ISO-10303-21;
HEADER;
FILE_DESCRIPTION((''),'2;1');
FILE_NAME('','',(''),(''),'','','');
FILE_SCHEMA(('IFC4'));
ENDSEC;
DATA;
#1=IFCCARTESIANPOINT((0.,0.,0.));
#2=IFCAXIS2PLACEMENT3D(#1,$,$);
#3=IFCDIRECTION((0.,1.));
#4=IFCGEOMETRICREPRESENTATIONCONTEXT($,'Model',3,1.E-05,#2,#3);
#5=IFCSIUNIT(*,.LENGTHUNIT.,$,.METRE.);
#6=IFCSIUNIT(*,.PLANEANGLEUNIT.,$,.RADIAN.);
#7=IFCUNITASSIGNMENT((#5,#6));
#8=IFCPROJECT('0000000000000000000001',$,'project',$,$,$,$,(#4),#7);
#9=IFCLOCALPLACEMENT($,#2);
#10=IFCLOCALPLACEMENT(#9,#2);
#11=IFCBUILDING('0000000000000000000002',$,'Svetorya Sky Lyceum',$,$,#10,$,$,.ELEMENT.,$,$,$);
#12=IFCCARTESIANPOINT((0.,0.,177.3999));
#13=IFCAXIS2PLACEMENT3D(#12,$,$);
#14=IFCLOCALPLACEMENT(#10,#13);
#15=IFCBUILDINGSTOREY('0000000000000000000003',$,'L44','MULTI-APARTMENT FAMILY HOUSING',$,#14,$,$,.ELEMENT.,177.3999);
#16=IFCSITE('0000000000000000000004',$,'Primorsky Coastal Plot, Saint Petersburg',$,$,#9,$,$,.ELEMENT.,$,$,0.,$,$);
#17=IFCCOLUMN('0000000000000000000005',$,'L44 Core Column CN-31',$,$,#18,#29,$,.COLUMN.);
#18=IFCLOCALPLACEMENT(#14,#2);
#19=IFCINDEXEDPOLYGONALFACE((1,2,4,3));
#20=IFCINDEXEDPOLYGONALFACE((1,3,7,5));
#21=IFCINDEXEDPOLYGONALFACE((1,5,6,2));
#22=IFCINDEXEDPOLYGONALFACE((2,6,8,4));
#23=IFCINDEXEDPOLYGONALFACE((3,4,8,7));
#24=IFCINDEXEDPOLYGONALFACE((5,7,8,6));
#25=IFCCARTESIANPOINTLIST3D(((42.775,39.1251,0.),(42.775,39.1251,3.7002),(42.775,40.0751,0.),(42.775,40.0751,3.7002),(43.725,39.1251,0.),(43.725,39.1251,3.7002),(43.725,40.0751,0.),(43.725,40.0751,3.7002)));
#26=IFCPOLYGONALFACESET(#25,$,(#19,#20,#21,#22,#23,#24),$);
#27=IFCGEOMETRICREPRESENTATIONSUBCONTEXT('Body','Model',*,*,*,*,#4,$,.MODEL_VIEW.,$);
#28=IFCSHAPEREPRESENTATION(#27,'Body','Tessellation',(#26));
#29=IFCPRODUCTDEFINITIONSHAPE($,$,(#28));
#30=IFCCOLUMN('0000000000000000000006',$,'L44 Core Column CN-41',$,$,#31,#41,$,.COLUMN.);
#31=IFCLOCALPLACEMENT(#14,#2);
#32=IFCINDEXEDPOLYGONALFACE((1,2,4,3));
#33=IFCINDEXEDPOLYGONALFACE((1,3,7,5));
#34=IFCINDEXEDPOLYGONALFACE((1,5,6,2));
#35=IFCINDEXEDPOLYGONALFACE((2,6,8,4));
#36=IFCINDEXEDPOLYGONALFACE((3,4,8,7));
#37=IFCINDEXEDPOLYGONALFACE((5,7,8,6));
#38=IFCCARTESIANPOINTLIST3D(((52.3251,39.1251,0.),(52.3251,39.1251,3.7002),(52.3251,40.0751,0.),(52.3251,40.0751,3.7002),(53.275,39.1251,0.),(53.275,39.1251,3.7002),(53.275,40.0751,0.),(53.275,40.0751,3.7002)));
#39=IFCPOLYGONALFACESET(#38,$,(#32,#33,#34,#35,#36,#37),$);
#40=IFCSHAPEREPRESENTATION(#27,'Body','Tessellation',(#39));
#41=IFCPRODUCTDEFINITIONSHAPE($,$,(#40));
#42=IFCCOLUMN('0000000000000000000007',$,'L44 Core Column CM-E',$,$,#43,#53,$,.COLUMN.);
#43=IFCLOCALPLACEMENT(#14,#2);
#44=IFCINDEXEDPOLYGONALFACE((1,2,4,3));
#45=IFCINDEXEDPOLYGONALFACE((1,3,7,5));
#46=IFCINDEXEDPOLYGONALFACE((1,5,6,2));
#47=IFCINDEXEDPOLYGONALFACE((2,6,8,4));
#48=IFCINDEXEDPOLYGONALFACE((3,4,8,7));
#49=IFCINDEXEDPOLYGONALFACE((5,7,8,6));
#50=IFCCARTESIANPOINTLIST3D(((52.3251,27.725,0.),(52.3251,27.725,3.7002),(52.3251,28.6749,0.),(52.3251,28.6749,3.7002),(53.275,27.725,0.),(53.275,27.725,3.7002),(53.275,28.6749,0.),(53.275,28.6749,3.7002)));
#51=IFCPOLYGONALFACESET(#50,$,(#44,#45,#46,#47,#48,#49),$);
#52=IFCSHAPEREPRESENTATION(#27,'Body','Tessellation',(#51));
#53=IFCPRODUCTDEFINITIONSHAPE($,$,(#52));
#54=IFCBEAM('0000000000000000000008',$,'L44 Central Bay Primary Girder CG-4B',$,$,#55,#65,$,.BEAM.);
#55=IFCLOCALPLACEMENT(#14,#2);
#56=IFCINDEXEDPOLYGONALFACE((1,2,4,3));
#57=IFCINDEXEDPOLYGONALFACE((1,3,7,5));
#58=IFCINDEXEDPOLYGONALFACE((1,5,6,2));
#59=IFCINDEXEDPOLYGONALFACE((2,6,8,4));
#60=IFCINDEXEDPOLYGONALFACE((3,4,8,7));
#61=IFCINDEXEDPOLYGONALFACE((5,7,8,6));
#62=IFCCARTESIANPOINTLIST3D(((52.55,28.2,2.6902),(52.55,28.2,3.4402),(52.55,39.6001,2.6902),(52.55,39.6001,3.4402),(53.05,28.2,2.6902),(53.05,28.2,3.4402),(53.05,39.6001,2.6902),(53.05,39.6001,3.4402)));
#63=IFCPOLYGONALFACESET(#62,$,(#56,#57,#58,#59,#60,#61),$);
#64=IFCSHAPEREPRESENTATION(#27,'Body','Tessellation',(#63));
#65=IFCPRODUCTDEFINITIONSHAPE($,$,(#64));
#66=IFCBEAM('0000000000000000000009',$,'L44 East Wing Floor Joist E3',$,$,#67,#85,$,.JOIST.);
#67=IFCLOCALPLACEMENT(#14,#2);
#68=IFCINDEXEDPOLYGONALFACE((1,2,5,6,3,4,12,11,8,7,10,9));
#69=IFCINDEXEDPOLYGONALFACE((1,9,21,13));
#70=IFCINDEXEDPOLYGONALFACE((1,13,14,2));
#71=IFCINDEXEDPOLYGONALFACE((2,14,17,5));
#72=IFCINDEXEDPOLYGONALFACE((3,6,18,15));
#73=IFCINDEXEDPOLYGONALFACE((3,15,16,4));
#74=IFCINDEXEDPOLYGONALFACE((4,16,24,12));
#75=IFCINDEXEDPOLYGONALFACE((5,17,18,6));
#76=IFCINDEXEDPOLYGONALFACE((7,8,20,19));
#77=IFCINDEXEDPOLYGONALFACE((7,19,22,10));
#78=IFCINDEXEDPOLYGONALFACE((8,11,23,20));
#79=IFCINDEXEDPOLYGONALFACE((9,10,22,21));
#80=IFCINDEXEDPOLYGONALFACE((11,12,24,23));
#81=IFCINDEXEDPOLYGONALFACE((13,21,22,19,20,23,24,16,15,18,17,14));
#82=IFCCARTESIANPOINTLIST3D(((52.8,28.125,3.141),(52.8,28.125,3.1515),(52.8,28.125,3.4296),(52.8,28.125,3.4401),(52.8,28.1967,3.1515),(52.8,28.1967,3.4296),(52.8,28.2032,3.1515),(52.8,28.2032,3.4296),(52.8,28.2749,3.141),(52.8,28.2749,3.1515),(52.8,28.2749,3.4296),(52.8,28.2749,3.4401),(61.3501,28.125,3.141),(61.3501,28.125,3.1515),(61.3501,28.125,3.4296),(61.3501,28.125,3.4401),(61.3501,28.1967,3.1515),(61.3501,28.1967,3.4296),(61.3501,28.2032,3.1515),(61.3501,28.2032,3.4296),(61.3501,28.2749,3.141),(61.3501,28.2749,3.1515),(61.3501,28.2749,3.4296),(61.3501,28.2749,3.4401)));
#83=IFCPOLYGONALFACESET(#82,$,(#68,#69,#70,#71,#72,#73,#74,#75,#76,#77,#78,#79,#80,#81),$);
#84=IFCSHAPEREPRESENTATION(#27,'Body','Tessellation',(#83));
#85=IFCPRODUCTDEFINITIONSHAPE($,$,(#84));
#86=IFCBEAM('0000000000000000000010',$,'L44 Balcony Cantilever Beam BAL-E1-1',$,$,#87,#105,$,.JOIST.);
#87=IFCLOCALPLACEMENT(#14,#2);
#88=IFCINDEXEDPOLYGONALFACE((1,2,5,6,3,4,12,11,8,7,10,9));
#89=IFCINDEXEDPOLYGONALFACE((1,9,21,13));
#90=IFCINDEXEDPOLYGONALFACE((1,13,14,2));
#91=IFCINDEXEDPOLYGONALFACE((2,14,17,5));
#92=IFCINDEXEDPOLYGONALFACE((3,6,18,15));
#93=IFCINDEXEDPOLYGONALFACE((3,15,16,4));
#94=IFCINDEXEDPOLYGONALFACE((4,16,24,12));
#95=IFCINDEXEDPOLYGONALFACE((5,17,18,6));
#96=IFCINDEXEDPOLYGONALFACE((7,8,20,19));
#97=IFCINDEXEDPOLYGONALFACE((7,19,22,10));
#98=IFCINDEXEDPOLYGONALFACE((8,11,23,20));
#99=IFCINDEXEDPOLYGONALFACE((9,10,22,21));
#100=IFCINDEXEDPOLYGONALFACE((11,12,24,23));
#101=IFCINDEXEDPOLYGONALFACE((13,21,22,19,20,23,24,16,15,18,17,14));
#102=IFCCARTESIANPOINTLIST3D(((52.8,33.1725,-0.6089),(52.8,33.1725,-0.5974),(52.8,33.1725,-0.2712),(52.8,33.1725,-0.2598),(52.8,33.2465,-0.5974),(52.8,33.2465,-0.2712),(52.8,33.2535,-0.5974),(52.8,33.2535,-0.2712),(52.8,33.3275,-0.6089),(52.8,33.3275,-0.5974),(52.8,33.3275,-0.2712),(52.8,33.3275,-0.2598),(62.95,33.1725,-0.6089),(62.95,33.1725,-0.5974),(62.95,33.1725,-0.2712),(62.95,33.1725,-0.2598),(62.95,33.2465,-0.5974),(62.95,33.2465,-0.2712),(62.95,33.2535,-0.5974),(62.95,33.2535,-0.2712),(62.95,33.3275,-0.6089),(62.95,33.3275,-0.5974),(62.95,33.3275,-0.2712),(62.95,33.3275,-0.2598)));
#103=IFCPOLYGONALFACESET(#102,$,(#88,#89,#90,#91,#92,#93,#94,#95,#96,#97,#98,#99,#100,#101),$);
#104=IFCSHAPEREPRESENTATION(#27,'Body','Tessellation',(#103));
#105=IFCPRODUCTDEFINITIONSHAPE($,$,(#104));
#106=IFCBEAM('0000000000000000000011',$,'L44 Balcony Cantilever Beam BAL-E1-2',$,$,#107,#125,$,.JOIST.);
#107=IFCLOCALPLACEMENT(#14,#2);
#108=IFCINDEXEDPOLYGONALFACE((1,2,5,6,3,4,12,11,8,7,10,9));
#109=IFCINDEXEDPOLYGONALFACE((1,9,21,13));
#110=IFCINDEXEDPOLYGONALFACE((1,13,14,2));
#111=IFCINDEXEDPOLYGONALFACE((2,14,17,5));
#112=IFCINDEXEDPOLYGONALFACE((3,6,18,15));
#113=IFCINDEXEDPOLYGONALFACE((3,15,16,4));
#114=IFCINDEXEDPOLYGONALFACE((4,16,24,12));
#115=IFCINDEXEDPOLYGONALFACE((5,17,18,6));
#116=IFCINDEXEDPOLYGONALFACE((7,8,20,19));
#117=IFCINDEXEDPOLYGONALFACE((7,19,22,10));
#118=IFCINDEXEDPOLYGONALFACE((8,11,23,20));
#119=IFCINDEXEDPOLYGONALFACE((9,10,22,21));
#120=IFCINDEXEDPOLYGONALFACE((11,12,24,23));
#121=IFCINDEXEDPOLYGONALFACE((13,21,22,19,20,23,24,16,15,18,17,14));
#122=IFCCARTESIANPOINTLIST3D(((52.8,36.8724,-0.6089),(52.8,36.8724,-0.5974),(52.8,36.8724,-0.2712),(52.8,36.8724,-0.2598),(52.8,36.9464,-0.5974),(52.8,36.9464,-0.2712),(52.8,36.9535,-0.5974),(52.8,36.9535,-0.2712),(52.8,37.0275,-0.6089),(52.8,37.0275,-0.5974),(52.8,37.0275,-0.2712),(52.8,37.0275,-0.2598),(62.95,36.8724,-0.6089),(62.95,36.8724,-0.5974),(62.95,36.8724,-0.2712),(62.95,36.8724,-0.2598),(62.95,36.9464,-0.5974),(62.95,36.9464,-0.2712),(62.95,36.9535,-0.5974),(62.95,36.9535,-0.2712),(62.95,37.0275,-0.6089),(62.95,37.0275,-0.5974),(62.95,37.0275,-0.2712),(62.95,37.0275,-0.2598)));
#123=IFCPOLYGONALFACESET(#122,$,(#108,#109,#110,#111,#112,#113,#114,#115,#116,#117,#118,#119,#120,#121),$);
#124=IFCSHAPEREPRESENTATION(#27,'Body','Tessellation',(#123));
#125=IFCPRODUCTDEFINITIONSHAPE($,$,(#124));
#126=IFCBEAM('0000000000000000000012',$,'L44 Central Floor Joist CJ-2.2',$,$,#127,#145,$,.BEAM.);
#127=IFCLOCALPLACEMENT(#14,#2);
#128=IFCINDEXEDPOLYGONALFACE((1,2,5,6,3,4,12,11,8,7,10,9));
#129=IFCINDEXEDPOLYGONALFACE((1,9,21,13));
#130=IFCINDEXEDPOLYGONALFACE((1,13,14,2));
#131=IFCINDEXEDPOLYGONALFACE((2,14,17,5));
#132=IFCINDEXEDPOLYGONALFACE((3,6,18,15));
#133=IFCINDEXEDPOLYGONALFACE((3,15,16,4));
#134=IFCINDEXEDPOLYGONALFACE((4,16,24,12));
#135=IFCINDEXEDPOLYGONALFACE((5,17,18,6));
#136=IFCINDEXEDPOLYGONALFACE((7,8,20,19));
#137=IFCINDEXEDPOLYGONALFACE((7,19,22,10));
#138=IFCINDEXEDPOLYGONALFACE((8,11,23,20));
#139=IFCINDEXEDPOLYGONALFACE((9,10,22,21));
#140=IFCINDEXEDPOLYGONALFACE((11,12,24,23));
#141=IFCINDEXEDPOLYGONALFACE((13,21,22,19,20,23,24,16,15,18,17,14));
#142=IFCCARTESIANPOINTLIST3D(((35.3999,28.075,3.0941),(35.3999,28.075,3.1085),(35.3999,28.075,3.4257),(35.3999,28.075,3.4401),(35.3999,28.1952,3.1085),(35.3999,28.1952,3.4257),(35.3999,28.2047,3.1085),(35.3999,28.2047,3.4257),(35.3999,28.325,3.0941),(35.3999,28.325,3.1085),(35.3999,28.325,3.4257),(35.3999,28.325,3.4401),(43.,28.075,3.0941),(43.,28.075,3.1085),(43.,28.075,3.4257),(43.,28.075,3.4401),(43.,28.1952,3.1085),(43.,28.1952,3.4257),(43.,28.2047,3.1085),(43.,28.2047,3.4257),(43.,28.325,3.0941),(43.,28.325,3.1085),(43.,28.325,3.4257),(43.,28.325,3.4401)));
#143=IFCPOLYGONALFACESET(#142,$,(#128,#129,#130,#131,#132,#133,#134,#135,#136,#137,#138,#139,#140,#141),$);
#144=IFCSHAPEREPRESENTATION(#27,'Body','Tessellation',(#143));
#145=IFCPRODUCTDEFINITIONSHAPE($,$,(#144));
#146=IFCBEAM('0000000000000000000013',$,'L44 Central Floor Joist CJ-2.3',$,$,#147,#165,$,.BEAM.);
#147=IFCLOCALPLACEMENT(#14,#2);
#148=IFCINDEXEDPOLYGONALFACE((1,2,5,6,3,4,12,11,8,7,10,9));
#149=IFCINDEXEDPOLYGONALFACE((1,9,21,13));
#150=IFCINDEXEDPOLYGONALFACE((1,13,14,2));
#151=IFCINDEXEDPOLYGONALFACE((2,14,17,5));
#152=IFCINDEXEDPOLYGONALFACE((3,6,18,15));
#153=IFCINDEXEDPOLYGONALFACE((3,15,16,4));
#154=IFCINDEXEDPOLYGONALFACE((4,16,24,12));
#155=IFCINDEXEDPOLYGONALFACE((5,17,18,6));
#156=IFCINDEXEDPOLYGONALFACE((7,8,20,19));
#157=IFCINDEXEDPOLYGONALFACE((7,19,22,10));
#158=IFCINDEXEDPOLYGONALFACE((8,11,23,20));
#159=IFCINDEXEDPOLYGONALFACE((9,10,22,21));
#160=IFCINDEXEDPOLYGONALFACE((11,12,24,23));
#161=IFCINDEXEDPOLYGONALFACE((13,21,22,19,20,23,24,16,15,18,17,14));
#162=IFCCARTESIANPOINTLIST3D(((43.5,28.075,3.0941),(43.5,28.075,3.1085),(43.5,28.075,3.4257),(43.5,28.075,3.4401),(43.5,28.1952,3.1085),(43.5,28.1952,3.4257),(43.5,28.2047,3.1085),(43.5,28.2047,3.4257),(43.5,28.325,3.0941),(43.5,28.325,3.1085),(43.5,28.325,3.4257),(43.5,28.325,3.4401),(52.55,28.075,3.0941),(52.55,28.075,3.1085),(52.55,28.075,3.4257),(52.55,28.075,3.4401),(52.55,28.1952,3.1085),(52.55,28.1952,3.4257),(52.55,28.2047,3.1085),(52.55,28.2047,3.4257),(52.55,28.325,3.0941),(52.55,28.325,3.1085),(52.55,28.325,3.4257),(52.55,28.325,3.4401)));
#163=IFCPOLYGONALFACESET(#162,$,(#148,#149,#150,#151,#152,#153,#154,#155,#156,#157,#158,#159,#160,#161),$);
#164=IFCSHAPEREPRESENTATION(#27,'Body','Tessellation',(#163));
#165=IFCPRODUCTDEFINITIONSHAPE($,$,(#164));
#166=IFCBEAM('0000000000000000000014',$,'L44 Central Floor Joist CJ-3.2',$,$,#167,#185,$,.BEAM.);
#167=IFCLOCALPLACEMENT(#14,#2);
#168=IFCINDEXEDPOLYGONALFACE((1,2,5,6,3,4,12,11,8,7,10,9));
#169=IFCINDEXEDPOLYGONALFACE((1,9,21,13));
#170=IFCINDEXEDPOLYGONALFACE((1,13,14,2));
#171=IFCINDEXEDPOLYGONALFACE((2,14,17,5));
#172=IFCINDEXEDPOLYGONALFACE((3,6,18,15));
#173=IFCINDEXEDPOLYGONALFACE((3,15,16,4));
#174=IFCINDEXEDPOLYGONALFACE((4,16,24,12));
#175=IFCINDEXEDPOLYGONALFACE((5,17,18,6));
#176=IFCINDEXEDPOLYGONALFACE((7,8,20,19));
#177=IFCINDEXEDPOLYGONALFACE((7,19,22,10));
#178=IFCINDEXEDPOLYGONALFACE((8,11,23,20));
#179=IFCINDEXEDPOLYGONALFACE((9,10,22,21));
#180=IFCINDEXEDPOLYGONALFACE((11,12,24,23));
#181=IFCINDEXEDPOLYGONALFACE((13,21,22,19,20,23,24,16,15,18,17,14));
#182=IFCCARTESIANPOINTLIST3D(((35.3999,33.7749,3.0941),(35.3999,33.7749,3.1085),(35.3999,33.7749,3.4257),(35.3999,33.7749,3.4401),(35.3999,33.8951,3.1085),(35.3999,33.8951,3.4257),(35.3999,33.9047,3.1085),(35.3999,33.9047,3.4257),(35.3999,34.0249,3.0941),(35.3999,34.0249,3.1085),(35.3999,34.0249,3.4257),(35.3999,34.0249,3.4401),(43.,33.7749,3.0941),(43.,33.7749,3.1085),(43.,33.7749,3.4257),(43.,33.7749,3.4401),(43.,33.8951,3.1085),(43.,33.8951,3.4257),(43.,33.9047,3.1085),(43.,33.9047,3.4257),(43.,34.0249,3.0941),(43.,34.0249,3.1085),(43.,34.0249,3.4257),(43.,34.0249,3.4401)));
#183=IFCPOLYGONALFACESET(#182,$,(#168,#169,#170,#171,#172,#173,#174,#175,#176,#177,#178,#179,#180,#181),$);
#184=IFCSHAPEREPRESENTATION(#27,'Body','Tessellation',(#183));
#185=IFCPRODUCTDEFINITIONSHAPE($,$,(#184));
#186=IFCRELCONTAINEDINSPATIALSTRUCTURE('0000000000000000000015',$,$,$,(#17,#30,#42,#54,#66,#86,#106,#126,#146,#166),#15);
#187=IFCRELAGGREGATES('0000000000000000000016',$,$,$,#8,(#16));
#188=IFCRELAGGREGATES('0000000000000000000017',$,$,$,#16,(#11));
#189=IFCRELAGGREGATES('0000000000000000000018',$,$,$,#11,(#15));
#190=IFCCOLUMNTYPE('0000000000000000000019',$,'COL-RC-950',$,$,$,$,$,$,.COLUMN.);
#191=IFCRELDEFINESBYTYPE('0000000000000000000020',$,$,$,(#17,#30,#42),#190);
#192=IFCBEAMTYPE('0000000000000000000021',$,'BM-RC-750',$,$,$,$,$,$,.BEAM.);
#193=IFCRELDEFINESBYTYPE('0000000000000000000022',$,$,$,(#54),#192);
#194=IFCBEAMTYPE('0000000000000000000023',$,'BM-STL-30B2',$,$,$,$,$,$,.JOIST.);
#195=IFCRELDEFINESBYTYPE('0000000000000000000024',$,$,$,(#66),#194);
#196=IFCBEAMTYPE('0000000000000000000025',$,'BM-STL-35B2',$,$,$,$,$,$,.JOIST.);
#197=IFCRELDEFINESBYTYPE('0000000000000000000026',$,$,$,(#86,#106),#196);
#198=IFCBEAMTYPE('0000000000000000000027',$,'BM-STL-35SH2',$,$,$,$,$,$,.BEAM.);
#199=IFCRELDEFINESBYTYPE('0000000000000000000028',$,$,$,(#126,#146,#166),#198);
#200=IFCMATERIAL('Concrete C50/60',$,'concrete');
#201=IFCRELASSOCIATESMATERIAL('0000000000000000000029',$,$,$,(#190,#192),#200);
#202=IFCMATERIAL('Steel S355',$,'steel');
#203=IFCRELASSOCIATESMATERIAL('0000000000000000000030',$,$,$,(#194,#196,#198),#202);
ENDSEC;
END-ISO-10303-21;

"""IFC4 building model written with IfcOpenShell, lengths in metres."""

from ifc_helpers import new_model, si_unit, direction, frame, origin, origin_2d, place, context, subcontext, project, spatial, rectangle, i_section, extrude, material, material_profile, profile_set, type_object, element, save


model = new_model("IFC4")

# Units and contexts
model_context = context("Model", 3, precision=1e-05, world=origin(), true_north=direction((0.0, 1.0)))
body_context = subcontext(model_context, "Body", "Model", "MODEL_VIEW")
ifc_project = project(units=[si_unit("LENGTHUNIT", "METRE"), si_unit("PLANEANGLEUNIT", "RADIAN")], contexts=[model_context])

# Site, building, storey
site_placement = place(None, origin())
site = spatial("IfcSite", under=ifc_project, at=site_placement, Name="Primorsky Coastal Plot, Saint Petersburg", CompositionType="ELEMENT", RefElevation=0.0)
building_placement = place(site_placement, origin())
building = spatial("IfcBuilding", under=site, at=building_placement, Name="Svetorya Sky Lyceum", CompositionType="ELEMENT")
storey_placement = place(building_placement, frame((0.0, 0.0, 177.3999)))
storey = spatial("IfcBuildingStorey", under=building, at=storey_placement, Name="L44", Description="MULTI-APARTMENT FAMILY HOUSING", CompositionType="ELEMENT", Elevation=177.3999)

# Columns
ifc_material_1 = material(Name="Concrete C50/60", Category="concrete")
ifc_material_profile_1 = material_profile(ifc_material_1, rectangle(XDim=0.95, YDim=0.95, at=origin_2d()), Name="RC COL 950x950")
ifc_profile_set_1 = profile_set([ifc_material_profile_1], Name="Concrete C50/60")
column_type = type_object("IfcColumnType", Name="COL-RC-950", PredefinedType="COLUMN", material=ifc_profile_set_1)
for number, where, z_axis, x_axis, name in (
    (1, (43.25, 39.6001, 0.0), (0.0, 0.0, 1.0), (1.0, 0.0, 0.0), "L44 Core Column CN-31"),
    (2, (52.8, 39.6001, 0.0), (0.0, 0.0, 1.0), (1.0, 0.0, 0.0), "L44 Core Column CN-41"),
    (3, (52.8, 28.2, 0.0), (0.0, 0.0, 1.0), (1.0, 0.0, 0.0), "L44 Core Column CM-E"),
):
    element("IfcColumn", number, at=place(storey_placement, frame(where, z_axis=z_axis, x_axis=x_axis)), inside=storey, type_object=column_type, Name=name, PredefinedType="COLUMN", context=body_context, shape_type="SweptSolid", body=[
        extrude(rectangle(XDim=0.95, YDim=0.95, at=origin_2d()), origin(), (0.0, 0.0, 1.0), 3.7002),
    ])

# Beams
ifc_material_profile_2 = material_profile(ifc_material_1, rectangle(XDim=0.5, YDim=0.75, at=origin_2d()), Name="RC BEAM 500x750")
ifc_profile_set_2 = profile_set([ifc_material_profile_2], Name="Concrete C50/60")
beam_type_1 = type_object("IfcBeamType", Name="BM-RC-750", PredefinedType="BEAM", material=ifc_profile_set_2)
beam_1_placement = place(storey_placement, frame((52.8, 28.2, 3.0652), z_axis=(0.0, 1.0, 0.0), x_axis=(-1.0, 0.0, 0.0)))
element("IfcBeam", 4, at=beam_1_placement, inside=storey, type_object=beam_type_1, Name="L44 Central Bay Primary Girder CG-4B", PredefinedType="BEAM", context=body_context, shape_type="SweptSolid", body=[
    extrude(rectangle(XDim=0.5, YDim=0.75, at=origin_2d()), origin(), (0.0, 0.0, 1.0), 11.4001),
])
ifc_material_2 = material(Name="Steel S355", Category="steel")
ifc_material_profile_3 = material_profile(ifc_material_2, i_section(OverallWidth=0.1499, OverallDepth=0.2991, WebThickness=0.0066, FlangeThickness=0.0105, at=origin_2d()), Name="GOST 30B2")
ifc_profile_set_3 = profile_set([ifc_material_profile_3], Name="Steel S355")
beam_type_2 = type_object("IfcBeamType", Name="BM-STL-30B2", PredefinedType="JOIST", material=ifc_profile_set_3)
beam_2_placement = place(storey_placement, frame((52.8, 28.2, 3.2905), z_axis=(1.0, 0.0, 0.0), x_axis=(0.0, 1.0, 0.0)))
element("IfcBeam", 5, at=beam_2_placement, inside=storey, type_object=beam_type_2, Name="L44 East Wing Floor Joist E3", PredefinedType="JOIST", context=body_context, shape_type="SweptSolid", body=[
    extrude(i_section(OverallWidth=0.1499, OverallDepth=0.2991, WebThickness=0.0066, FlangeThickness=0.0105, at=origin_2d()), origin(), (0.0, 0.0, 1.0), 8.55),
])
ifc_material_profile_4 = material_profile(ifc_material_2, i_section(OverallWidth=0.155, OverallDepth=0.3491, WebThickness=0.0071, FlangeThickness=0.0115, at=origin_2d()), Name="GOST 35B2")
ifc_profile_set_4 = profile_set([ifc_material_profile_4], Name="Steel S355")
beam_type_3 = type_object("IfcBeamType", Name="BM-STL-35B2", PredefinedType="JOIST", material=ifc_profile_set_4)
for number, where, z_axis, x_axis, name in (
    (6, (52.8, 33.25, -0.4343), (1.0, 0.0, 0.0), (0.0, 1.0, 0.0), "L44 Balcony Cantilever Beam BAL-E1-1"),
    (7, (52.8, 36.95, -0.4343), (1.0, 0.0, 0.0), (0.0, 1.0, 0.0), "L44 Balcony Cantilever Beam BAL-E1-2"),
):
    element("IfcBeam", number, at=place(storey_placement, frame(where, z_axis=z_axis, x_axis=x_axis)), inside=storey, type_object=beam_type_3, Name=name, PredefinedType="JOIST", context=body_context, shape_type="SweptSolid", body=[
        extrude(i_section(OverallWidth=0.155, OverallDepth=0.3491, WebThickness=0.0071, FlangeThickness=0.0115, at=origin_2d()), origin(), (0.0, 0.0, 1.0), 10.1499),
    ])
ifc_material_profile_5 = material_profile(ifc_material_2, i_section(OverallWidth=0.25, OverallDepth=0.3459, WebThickness=0.0095, FlangeThickness=0.0144, at=origin_2d()), Name="GOST 35Sh2")
ifc_profile_set_5 = profile_set([ifc_material_profile_5], Name="Steel S355")
beam_type_4 = type_object("IfcBeamType", Name="BM-STL-35SH2", PredefinedType="BEAM", material=ifc_profile_set_5)
beam_3_placement = place(storey_placement, frame((35.3999, 28.2, 3.2671), z_axis=(1.0, 0.0, 0.0), x_axis=(0.0, 1.0, 0.0)))
element("IfcBeam", 8, at=beam_3_placement, inside=storey, type_object=beam_type_4, Name="L44 Central Floor Joist CJ-2.2", PredefinedType="BEAM", context=body_context, shape_type="SweptSolid", body=[
    extrude(i_section(OverallWidth=0.25, OverallDepth=0.3459, WebThickness=0.0095, FlangeThickness=0.0144, at=origin_2d()), origin(), (0.0, 0.0, 1.0), 7.6001),
])
beam_4_placement = place(storey_placement, frame((43.5, 28.2, 3.2671), z_axis=(1.0, 0.0, 0.0), x_axis=(0.0, 1.0, 0.0)))
element("IfcBeam", 9, at=beam_4_placement, inside=storey, type_object=beam_type_4, Name="L44 Central Floor Joist CJ-2.3", PredefinedType="BEAM", context=body_context, shape_type="SweptSolid", body=[
    extrude(i_section(OverallWidth=0.25, OverallDepth=0.3459, WebThickness=0.0095, FlangeThickness=0.0144, at=origin_2d()), origin(), (0.0, 0.0, 1.0), 9.05),
])
beam_5_placement = place(storey_placement, frame((35.3999, 33.8999, 3.2671), z_axis=(1.0, 0.0, 0.0), x_axis=(0.0, 1.0, 0.0)))
element("IfcBeam", 10, at=beam_5_placement, inside=storey, type_object=beam_type_4, Name="L44 Central Floor Joist CJ-3.2", PredefinedType="BEAM", context=body_context, shape_type="SweptSolid", body=[
    extrude(i_section(OverallWidth=0.25, OverallDepth=0.3459, WebThickness=0.0095, FlangeThickness=0.0144, at=origin_2d()), origin(), (0.0, 0.0, 1.0), 7.6001),
])

save(model, "model.ifc")
